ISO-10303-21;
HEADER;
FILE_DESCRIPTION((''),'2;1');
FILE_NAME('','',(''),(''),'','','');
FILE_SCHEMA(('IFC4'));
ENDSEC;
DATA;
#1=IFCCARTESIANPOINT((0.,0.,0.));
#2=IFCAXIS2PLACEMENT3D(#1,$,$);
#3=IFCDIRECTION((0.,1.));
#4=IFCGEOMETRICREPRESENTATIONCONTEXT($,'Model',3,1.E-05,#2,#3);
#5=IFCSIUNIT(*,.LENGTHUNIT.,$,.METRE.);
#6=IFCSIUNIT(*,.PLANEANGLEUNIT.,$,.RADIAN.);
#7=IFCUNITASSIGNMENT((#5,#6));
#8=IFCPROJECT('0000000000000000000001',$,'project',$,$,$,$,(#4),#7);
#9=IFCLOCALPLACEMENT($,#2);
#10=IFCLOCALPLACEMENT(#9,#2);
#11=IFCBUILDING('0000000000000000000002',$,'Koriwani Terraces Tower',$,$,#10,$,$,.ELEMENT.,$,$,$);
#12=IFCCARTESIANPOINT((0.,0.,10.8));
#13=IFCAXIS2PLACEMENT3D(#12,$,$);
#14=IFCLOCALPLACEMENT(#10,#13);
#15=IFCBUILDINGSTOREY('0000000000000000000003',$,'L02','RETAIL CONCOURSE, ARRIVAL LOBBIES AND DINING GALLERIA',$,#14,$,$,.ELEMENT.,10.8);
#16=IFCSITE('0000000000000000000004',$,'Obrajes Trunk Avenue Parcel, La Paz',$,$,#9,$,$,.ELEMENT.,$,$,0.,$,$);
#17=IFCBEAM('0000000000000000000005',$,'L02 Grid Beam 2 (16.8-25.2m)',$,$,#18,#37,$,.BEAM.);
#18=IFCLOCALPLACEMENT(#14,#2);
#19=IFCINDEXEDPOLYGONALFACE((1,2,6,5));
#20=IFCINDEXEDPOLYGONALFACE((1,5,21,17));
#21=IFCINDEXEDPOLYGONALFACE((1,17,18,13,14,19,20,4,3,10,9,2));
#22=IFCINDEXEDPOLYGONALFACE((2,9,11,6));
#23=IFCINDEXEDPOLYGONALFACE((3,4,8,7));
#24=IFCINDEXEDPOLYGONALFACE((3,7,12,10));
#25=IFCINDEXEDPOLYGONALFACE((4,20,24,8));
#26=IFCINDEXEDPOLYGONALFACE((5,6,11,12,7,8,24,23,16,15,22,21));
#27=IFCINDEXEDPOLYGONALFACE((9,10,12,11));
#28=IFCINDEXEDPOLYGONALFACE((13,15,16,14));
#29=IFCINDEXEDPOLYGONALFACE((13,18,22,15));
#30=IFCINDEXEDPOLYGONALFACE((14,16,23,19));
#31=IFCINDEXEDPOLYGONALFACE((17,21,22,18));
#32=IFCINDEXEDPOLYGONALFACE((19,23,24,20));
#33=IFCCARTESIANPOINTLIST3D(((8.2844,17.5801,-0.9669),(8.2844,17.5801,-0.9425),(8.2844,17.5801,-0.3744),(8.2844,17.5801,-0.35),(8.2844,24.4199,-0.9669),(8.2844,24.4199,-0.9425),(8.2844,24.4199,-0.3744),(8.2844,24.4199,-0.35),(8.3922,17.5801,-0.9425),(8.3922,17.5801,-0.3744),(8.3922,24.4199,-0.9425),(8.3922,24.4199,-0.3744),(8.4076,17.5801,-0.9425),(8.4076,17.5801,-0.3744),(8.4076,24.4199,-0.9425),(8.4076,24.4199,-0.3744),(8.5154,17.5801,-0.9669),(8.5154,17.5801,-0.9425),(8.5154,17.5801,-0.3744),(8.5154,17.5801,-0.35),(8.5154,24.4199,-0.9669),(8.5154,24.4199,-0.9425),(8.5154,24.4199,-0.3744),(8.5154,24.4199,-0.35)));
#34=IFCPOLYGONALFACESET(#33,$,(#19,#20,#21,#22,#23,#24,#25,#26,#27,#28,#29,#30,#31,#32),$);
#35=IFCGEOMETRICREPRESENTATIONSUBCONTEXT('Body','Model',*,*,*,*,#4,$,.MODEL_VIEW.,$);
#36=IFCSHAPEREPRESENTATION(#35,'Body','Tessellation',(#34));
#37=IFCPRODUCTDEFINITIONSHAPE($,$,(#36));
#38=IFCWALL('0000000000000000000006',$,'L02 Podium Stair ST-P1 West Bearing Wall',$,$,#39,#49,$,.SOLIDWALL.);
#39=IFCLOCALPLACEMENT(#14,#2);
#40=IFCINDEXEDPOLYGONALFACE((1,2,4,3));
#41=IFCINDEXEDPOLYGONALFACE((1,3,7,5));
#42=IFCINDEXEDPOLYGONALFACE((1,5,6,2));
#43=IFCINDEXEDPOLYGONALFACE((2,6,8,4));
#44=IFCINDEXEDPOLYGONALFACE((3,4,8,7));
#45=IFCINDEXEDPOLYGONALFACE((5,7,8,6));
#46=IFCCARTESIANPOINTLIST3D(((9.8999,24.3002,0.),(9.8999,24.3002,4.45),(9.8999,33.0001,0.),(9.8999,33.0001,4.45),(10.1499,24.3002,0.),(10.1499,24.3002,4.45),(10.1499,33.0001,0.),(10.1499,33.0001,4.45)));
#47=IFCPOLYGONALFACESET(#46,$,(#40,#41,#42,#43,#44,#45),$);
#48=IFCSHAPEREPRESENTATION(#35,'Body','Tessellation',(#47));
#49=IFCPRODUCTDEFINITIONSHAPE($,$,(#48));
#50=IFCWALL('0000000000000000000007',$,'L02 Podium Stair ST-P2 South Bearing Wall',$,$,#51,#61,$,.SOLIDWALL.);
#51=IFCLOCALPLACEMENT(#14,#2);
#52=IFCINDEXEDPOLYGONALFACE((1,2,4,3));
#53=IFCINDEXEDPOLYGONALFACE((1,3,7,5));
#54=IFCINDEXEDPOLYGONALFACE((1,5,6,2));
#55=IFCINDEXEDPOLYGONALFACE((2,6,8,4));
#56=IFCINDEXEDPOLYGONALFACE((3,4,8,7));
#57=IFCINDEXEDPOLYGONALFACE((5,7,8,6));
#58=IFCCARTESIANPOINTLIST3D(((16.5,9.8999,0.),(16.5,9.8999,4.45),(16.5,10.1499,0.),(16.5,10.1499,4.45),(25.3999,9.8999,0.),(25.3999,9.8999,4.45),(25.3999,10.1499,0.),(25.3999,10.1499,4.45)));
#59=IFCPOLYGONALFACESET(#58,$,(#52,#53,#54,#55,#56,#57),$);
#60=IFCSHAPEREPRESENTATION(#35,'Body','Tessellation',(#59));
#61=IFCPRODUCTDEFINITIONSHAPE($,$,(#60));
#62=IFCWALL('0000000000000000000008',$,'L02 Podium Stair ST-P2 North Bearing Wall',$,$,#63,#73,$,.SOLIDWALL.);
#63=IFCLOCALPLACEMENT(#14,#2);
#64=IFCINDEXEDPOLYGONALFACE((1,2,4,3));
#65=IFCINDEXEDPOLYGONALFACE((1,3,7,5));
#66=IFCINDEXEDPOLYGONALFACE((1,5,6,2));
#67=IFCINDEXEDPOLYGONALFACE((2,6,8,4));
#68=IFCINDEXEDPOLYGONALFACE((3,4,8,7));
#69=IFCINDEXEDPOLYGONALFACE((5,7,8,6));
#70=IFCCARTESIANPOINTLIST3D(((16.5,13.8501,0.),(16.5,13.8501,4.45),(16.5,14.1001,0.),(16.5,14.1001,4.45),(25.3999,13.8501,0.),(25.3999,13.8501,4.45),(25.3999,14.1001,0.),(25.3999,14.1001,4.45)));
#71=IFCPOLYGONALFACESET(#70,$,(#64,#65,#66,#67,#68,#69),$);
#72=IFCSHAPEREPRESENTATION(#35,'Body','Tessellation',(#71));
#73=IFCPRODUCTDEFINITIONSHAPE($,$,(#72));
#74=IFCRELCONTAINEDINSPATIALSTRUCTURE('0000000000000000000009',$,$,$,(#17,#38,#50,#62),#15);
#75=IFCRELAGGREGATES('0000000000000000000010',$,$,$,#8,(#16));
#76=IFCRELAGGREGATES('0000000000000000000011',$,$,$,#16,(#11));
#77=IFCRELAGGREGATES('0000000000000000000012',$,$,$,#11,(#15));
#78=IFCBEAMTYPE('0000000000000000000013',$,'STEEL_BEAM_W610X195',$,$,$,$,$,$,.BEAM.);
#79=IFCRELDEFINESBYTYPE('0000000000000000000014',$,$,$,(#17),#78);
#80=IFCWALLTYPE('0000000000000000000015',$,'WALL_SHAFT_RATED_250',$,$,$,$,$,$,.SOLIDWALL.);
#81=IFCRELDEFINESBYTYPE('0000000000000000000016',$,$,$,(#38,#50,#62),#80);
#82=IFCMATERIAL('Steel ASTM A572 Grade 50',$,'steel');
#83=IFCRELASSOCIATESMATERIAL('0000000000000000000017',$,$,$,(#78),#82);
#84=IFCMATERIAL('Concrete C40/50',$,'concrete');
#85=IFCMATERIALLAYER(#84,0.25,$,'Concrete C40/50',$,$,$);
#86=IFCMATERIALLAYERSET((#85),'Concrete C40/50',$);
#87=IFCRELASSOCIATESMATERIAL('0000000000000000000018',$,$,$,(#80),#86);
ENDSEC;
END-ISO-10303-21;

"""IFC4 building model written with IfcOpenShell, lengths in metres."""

from ifc_helpers import new_model, si_unit, direction, frame, frame_2d, origin, origin_2d, place, context, subcontext, project, spatial, rectangle, i_section, extrude, material, layer, layer_set, material_profile, profile_set, type_object, element, save


model = new_model("IFC4")

# Units and contexts
model_context = context("Model", 3, precision=1e-05, world=origin(), true_north=direction((0.0, 1.0)))
body_context = subcontext(model_context, "Body", "Model", "MODEL_VIEW")
ifc_project = project(units=[si_unit("LENGTHUNIT", "METRE"), si_unit("PLANEANGLEUNIT", "RADIAN")], contexts=[model_context])

# Site, building, storey
site_placement = place(None, origin())
site = spatial("IfcSite", under=ifc_project, at=site_placement, Name="Obrajes Trunk Avenue Parcel, La Paz", CompositionType="ELEMENT", RefElevation=0.0)
building_placement = place(site_placement, origin())
building = spatial("IfcBuilding", under=site, at=building_placement, Name="Koriwani Terraces Tower", CompositionType="ELEMENT")
storey_placement = place(building_placement, frame((0.0, 0.0, 10.8)))
storey = spatial("IfcBuildingStorey", under=building, at=storey_placement, Name="L02", Description="RETAIL CONCOURSE, ARRIVAL LOBBIES AND DINING GALLERIA", CompositionType="ELEMENT", Elevation=10.8)

# Beam
ifc_material_1 = material(Name="Steel ASTM A572 Grade 50", Category="steel")
ifc_material_profile_1 = material_profile(ifc_material_1, i_section(OverallWidth=0.231, OverallDepth=0.6169, WebThickness=0.0154, FlangeThickness=0.0244, at=origin_2d()), Name="Steel ASTM A572 Grade 50", Category="LoadBearing")
ifc_profile_set_1 = profile_set([ifc_material_profile_1], Name="Steel ASTM A572 Grade 50")
beam_type_1 = type_object("IfcBeamType", Name="STEEL_BEAM_W610X195", PredefinedType="BEAM", material=ifc_profile_set_1)
beam_1_placement = place(storey_placement, frame((8.3999, 17.5801, -0.6584), z_axis=(0.0, 1.0, 0.0), x_axis=(-1.0, 0.0, 0.0)))
element("IfcBeam", 1, at=beam_1_placement, inside=storey, type_object=beam_type_1, Name="L02 Grid Beam 2 (16.8-25.2m)", PredefinedType="BEAM", context=body_context, shape_type="SweptSolid", body=[
    extrude(i_section(OverallWidth=0.231, OverallDepth=0.6169, WebThickness=0.0154, FlangeThickness=0.0244, at=origin_2d()), origin(), (0.0, 0.0, 1.0), 6.8398),
])

# Walls
ifc_material_2 = material(Name="Concrete C40/50", Category="concrete")
ifc_layer = layer(ifc_material_2, 0.25, Name="Concrete C40/50")
ifc_layer_set = layer_set([ifc_layer], Name="Concrete C40/50")
wall_type = type_object("IfcWallType", Name="WALL_SHAFT_RATED_250", PredefinedType="SOLIDWALL", material=ifc_layer_set)
wall_1_placement = place(storey_placement, frame((10.0249, 24.3, 0.0), z_axis=(0.0, 0.0, 1.0), x_axis=(0.0, 1.0, 0.0)))
element("IfcWall", 2, at=wall_1_placement, inside=storey, type_object=wall_type, Name="L02 Podium Stair ST-P1 West Bearing Wall", PredefinedType="SOLIDWALL", context=body_context, shape_type="SweptSolid", body=[
    extrude(rectangle(XDim=8.7, YDim=0.25, at=frame_2d((4.3501, 0.0))), origin(), (0.0, 0.0, 1.0), 4.45),
])
for number, where, z_axis, x_axis, name in (
    (3, (16.5, 10.0249, 0.0), (0.0, 0.0, 1.0), (1.0, 0.0, 0.0), "L02 Podium Stair ST-P2 South Bearing Wall"),
    (4, (16.5, 13.9751, 0.0), (0.0, 0.0, 1.0), (1.0, 0.0, 0.0), "L02 Podium Stair ST-P2 North Bearing Wall"),
):
    element("IfcWall", number, at=place(storey_placement, frame(where, z_axis=z_axis, x_axis=x_axis)), inside=storey, type_object=wall_type, Name=name, PredefinedType="SOLIDWALL", context=body_context, shape_type="SweptSolid", body=[
        extrude(rectangle(XDim=8.8999, YDim=0.25, at=frame_2d((4.45, 0.0))), origin(), (0.0, 0.0, 1.0), 4.45),
    ])

save(model, "model.ifc")
